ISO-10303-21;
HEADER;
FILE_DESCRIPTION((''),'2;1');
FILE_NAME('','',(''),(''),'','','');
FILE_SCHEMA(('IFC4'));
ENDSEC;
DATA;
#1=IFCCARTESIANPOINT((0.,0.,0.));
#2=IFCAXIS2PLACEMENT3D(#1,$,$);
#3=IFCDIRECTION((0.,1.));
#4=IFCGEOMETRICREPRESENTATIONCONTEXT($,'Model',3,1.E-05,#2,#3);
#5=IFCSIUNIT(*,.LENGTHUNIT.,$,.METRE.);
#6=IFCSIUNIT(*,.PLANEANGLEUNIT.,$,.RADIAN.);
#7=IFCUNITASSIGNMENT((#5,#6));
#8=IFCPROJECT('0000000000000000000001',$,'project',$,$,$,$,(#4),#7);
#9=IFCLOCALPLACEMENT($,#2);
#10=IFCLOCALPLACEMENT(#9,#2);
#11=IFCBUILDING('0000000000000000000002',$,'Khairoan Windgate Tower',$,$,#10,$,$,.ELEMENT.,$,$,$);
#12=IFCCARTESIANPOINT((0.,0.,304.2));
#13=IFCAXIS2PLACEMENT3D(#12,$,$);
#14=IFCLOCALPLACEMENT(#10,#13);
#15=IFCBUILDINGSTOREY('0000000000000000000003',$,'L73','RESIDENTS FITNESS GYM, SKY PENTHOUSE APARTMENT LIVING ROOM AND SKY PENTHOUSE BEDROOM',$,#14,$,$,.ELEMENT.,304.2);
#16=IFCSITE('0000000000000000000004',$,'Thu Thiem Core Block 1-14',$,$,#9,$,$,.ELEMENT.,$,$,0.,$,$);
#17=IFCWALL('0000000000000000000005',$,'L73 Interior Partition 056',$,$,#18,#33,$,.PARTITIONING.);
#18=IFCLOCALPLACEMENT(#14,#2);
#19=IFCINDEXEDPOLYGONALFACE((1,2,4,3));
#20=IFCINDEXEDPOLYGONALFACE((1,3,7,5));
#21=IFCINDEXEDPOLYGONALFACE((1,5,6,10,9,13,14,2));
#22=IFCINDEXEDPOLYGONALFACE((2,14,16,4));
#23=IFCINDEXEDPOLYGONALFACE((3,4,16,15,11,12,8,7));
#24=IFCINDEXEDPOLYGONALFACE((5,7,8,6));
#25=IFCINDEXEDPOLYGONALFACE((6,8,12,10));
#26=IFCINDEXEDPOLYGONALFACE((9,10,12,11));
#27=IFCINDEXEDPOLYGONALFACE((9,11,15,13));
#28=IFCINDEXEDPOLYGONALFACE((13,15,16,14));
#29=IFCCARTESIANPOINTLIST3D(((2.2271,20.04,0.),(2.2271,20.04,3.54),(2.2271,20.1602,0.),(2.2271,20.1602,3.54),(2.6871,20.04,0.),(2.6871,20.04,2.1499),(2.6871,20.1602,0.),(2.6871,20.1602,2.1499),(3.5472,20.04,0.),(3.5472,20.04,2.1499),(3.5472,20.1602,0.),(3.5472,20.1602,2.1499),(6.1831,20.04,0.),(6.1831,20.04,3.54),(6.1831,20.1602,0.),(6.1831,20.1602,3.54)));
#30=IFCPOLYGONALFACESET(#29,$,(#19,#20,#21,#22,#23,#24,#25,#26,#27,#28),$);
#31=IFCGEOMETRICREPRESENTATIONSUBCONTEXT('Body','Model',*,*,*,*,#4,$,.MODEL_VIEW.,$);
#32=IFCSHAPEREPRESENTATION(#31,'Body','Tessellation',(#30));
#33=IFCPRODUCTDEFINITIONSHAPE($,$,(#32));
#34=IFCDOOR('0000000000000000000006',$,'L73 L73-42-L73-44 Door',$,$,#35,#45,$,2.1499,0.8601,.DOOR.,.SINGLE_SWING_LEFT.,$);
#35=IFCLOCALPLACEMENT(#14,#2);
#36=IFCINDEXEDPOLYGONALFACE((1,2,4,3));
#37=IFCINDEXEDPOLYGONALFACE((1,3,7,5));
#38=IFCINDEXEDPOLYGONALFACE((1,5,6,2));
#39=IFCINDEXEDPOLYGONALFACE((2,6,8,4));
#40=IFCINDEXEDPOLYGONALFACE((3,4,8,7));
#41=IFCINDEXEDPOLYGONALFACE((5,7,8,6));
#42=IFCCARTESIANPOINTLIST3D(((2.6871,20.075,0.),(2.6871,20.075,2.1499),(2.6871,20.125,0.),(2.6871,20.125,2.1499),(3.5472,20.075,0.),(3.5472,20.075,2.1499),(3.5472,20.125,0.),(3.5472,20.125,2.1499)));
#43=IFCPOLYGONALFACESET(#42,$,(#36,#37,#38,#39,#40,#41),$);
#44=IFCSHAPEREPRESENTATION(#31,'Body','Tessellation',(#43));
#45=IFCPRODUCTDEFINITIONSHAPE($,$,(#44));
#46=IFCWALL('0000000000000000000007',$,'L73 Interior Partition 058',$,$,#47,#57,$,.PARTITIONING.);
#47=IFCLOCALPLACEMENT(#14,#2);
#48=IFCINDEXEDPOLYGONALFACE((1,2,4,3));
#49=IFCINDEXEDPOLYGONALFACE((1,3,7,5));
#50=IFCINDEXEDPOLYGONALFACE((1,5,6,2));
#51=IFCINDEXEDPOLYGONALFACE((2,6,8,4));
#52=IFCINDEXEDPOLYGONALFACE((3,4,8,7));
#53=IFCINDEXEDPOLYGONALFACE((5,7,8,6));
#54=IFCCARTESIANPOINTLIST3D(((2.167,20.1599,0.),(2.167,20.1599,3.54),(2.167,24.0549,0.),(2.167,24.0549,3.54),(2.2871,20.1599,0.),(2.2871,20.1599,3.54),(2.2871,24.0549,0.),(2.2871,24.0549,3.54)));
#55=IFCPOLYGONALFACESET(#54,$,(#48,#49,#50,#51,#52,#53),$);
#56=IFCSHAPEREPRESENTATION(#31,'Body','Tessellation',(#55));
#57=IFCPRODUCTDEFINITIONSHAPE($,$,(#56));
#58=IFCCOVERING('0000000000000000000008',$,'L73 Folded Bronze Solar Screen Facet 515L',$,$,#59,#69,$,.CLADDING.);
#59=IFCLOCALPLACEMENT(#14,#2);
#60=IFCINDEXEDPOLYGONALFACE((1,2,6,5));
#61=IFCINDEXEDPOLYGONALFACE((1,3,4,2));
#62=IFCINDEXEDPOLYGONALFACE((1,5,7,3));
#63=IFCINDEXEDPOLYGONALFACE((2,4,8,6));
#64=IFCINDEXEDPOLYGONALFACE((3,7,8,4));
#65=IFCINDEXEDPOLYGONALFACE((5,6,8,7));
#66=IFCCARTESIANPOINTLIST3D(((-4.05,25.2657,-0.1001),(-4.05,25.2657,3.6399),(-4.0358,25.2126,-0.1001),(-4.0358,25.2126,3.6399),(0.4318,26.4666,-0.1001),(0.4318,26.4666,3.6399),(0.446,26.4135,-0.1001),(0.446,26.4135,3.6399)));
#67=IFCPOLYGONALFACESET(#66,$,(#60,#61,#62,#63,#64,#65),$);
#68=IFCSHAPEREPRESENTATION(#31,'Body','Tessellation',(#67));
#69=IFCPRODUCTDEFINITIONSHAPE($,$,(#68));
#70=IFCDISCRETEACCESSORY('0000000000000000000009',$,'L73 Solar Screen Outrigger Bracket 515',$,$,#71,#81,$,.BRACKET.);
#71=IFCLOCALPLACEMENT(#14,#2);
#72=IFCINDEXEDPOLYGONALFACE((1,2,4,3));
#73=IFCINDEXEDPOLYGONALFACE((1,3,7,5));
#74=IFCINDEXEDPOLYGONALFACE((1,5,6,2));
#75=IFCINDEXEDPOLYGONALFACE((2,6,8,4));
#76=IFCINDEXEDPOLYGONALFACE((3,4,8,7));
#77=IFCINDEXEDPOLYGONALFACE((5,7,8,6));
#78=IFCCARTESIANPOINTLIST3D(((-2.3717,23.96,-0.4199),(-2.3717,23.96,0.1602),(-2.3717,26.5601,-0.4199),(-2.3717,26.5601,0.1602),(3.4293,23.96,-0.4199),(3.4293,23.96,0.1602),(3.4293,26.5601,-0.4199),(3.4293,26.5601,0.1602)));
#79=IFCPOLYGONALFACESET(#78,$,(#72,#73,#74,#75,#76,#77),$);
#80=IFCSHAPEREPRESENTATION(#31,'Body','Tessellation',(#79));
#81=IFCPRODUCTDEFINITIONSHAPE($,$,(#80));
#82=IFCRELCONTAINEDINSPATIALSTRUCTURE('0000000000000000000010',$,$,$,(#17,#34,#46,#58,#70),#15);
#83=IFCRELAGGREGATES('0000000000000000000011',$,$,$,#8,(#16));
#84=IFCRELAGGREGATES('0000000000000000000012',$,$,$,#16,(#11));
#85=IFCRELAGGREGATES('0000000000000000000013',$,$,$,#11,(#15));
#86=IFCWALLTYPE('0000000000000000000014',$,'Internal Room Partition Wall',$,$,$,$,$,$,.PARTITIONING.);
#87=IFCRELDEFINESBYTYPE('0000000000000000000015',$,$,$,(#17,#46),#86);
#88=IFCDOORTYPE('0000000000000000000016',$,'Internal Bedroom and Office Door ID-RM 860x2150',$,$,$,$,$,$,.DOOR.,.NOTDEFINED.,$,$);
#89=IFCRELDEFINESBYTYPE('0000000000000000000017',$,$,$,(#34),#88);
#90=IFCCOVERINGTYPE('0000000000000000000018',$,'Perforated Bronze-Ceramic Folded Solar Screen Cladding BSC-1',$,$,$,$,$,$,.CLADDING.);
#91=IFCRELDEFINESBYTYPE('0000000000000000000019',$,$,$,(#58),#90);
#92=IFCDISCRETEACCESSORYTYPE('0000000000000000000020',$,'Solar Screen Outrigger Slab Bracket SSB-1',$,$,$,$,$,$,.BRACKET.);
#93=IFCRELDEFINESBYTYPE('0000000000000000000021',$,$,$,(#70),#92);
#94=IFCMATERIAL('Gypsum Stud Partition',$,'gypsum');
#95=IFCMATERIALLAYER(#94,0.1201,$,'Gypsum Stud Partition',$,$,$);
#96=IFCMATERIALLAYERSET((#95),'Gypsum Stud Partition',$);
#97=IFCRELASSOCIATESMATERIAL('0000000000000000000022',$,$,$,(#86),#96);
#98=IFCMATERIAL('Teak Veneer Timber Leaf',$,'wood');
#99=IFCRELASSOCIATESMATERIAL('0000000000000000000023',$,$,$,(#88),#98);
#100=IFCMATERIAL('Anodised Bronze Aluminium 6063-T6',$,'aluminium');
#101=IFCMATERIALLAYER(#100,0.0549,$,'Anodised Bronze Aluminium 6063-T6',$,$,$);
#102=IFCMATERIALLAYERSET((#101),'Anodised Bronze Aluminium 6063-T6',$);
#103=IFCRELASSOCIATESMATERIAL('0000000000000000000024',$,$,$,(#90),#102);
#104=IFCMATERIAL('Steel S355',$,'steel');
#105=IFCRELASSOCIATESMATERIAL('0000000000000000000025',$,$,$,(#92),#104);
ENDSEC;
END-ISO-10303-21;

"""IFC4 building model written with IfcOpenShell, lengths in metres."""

from ifc_helpers import new_model, si_unit, direction, frame, frame_2d, origin, origin_2d, place, context, subcontext, project, spatial, rectangle, extrude, material, layer, layer_set, type_object, element, fill, save


model = new_model("IFC4")

# Units and contexts
model_context = context("Model", 3, precision=1e-05, world=origin(), true_north=direction((0.0, 1.0)))
body_context = subcontext(model_context, "Body", "Model", "MODEL_VIEW")
ifc_project = project(units=[si_unit("LENGTHUNIT", "METRE"), si_unit("PLANEANGLEUNIT", "RADIAN")], contexts=[model_context])

# Site, building, storey
site_placement = place(None, origin())
site = spatial("IfcSite", under=ifc_project, at=site_placement, Name="Thu Thiem Core Block 1-14", CompositionType="ELEMENT", RefElevation=0.0)
building_placement = place(site_placement, origin())
building = spatial("IfcBuilding", under=site, at=building_placement, Name="Khairoan Windgate Tower", CompositionType="ELEMENT")
storey_placement = place(building_placement, frame((0.0, 0.0, 304.2)))
storey = spatial("IfcBuildingStorey", under=building, at=storey_placement, Name="L73", Description="RESIDENTS FITNESS GYM, SKY PENTHOUSE APARTMENT LIVING ROOM AND SKY PENTHOUSE BEDROOM", CompositionType="ELEMENT", Elevation=304.2)

# Shared definitions
ifc_material_1 = material(Name="Gypsum Stud Partition", Category="gypsum")
ifc_layer_1 = layer(ifc_material_1, 0.1201, Name="Gypsum Stud Partition")
ifc_layer_set_1 = layer_set([ifc_layer_1], Name="Gypsum Stud Partition")
wall_type = type_object("IfcWallType", Name="Internal Room Partition Wall", PredefinedType="PARTITIONING", material=ifc_layer_set_1)

# Wall, opening, door
ifc_material_2 = material(Name="Teak Veneer Timber Leaf", Category="wood")
door_type_1 = type_object("IfcDoorType", Name="Internal Bedroom and Office Door ID-RM 860x2150", OperationType="NOTDEFINED", PredefinedType="DOOR", material=ifc_material_2)
wall_1_placement = place(storey_placement, frame((2.2271, 20.1001, 0.0), z_axis=(0.0, 0.0, 1.0), x_axis=(1.0, 0.0, 0.0)))
wall_1 = element("IfcWall", 1, at=wall_1_placement, inside=storey, type_object=wall_type, Name="L73 Interior Partition 056", PredefinedType="PARTITIONING", context=body_context, shape_type="SweptSolid", body=[
    extrude(rectangle(XDim=3.9561, YDim=0.1201, at=frame_2d((1.978, 0.0))), origin(), (0.0, 0.0, 1.0), 3.54),
])
opening_1_placement = place(wall_1_placement, frame((0.46, 0.0, 0.0)))
opening_1 = element("IfcOpeningElement", 2, at=opening_1_placement, cuts=wall_1, PredefinedType="OPENING", context=body_context, shape_type="SweptSolid", body=[
    extrude(rectangle(XDim=0.8601, YDim=2.1499, at=frame_2d((0.4302, 1.075))), frame((0.0, 0.0701, 0.0), z_axis=(0.0, -1.0, 0.0), x_axis=(1.0, 0.0, 0.0)), (0.0, 0.0, 1.0), 0.1401),
])
door_1_placement = place(opening_1_placement, origin())
door_1 = element("IfcDoor", 3, at=door_1_placement, inside=storey, type_object=door_type_1, Name="L73 L73-42-L73-44 Door", OperationType="SINGLE_SWING_LEFT", OverallHeight=2.1499, OverallWidth=0.8601, PredefinedType="DOOR", context=body_context, shape_type="SweptSolid", body=[
    extrude(rectangle(XDim=0.8601, YDim=2.1499, at=frame_2d((0.4302, 1.075))), frame((0.0, 0.0249, 0.0), z_axis=(0.0, -1.0, 0.0), x_axis=(1.0, 0.0, 0.0)), (0.0, 0.0, 1.0), 0.05),
])
fill(opening_1, door_1)

# Wall
wall_2_placement = place(storey_placement, frame((2.2271, 20.1599, 0.0), z_axis=(0.0, 0.0, 1.0), x_axis=(0.0, 1.0, 0.0)))
element("IfcWall", 4, at=wall_2_placement, inside=storey, type_object=wall_type, Name="L73 Interior Partition 058", PredefinedType="PARTITIONING", context=body_context, shape_type="SweptSolid", body=[
    extrude(rectangle(XDim=3.895, YDim=0.1201, at=frame_2d((1.9475, 0.0))), origin(), (0.0, 0.0, 1.0), 3.54),
])

# Covering
ifc_material_3 = material(Name="Anodised Bronze Aluminium 6063-T6", Category="aluminium")
ifc_layer_2 = layer(ifc_material_3, 0.0549, Name="Anodised Bronze Aluminium 6063-T6")
ifc_layer_set_2 = layer_set([ifc_layer_2], Name="Anodised Bronze Aluminium 6063-T6")
covering_type = type_object("IfcCoveringType", Name="Perforated Bronze-Ceramic Folded Solar Screen Cladding BSC-1", PredefinedType="CLADDING", material=ifc_layer_set_2)
covering_placement = place(storey_placement, frame((-1.802, 25.8396, -0.1001), z_axis=(0.0, 0.0, 1.0), x_axis=(0.965926, 0.258819, 0.0)))
element("IfcCovering", 5, at=covering_placement, inside=storey, type_object=covering_type, Name="L73 Folded Bronze Solar Screen Facet 515L", PredefinedType="CLADDING", context=body_context, shape_type="SweptSolid", body=[
    extrude(rectangle(XDim=4.6399, YDim=0.0549, at=origin_2d()), origin(), (0.0, 0.0, 1.0), 3.74),
])

# Discrete accessory
ifc_material_4 = material(Name="Steel S355", Category="steel")
discrete_accessory_type = type_object("IfcDiscreteAccessoryType", Name="Solar Screen Outrigger Slab Bracket SSB-1", PredefinedType="BRACKET", material=ifc_material_4)
discrete_accessory_placement = place(storey_placement, frame((0.5288, 25.26, -0.4199), z_axis=(0.0, 0.0, 1.0), x_axis=(1.0, 0.0, 0.0)))
element("IfcDiscreteAccessory", 6, at=discrete_accessory_placement, inside=storey, type_object=discrete_accessory_type, Name="L73 Solar Screen Outrigger Bracket 515", PredefinedType="BRACKET", context=body_context, shape_type="SweptSolid", body=[
    extrude(rectangle(XDim=5.801, YDim=2.6001, at=origin_2d()), origin(), (0.0, 0.0, 1.0), 0.5801),
])

save(model, "model.ifc")
